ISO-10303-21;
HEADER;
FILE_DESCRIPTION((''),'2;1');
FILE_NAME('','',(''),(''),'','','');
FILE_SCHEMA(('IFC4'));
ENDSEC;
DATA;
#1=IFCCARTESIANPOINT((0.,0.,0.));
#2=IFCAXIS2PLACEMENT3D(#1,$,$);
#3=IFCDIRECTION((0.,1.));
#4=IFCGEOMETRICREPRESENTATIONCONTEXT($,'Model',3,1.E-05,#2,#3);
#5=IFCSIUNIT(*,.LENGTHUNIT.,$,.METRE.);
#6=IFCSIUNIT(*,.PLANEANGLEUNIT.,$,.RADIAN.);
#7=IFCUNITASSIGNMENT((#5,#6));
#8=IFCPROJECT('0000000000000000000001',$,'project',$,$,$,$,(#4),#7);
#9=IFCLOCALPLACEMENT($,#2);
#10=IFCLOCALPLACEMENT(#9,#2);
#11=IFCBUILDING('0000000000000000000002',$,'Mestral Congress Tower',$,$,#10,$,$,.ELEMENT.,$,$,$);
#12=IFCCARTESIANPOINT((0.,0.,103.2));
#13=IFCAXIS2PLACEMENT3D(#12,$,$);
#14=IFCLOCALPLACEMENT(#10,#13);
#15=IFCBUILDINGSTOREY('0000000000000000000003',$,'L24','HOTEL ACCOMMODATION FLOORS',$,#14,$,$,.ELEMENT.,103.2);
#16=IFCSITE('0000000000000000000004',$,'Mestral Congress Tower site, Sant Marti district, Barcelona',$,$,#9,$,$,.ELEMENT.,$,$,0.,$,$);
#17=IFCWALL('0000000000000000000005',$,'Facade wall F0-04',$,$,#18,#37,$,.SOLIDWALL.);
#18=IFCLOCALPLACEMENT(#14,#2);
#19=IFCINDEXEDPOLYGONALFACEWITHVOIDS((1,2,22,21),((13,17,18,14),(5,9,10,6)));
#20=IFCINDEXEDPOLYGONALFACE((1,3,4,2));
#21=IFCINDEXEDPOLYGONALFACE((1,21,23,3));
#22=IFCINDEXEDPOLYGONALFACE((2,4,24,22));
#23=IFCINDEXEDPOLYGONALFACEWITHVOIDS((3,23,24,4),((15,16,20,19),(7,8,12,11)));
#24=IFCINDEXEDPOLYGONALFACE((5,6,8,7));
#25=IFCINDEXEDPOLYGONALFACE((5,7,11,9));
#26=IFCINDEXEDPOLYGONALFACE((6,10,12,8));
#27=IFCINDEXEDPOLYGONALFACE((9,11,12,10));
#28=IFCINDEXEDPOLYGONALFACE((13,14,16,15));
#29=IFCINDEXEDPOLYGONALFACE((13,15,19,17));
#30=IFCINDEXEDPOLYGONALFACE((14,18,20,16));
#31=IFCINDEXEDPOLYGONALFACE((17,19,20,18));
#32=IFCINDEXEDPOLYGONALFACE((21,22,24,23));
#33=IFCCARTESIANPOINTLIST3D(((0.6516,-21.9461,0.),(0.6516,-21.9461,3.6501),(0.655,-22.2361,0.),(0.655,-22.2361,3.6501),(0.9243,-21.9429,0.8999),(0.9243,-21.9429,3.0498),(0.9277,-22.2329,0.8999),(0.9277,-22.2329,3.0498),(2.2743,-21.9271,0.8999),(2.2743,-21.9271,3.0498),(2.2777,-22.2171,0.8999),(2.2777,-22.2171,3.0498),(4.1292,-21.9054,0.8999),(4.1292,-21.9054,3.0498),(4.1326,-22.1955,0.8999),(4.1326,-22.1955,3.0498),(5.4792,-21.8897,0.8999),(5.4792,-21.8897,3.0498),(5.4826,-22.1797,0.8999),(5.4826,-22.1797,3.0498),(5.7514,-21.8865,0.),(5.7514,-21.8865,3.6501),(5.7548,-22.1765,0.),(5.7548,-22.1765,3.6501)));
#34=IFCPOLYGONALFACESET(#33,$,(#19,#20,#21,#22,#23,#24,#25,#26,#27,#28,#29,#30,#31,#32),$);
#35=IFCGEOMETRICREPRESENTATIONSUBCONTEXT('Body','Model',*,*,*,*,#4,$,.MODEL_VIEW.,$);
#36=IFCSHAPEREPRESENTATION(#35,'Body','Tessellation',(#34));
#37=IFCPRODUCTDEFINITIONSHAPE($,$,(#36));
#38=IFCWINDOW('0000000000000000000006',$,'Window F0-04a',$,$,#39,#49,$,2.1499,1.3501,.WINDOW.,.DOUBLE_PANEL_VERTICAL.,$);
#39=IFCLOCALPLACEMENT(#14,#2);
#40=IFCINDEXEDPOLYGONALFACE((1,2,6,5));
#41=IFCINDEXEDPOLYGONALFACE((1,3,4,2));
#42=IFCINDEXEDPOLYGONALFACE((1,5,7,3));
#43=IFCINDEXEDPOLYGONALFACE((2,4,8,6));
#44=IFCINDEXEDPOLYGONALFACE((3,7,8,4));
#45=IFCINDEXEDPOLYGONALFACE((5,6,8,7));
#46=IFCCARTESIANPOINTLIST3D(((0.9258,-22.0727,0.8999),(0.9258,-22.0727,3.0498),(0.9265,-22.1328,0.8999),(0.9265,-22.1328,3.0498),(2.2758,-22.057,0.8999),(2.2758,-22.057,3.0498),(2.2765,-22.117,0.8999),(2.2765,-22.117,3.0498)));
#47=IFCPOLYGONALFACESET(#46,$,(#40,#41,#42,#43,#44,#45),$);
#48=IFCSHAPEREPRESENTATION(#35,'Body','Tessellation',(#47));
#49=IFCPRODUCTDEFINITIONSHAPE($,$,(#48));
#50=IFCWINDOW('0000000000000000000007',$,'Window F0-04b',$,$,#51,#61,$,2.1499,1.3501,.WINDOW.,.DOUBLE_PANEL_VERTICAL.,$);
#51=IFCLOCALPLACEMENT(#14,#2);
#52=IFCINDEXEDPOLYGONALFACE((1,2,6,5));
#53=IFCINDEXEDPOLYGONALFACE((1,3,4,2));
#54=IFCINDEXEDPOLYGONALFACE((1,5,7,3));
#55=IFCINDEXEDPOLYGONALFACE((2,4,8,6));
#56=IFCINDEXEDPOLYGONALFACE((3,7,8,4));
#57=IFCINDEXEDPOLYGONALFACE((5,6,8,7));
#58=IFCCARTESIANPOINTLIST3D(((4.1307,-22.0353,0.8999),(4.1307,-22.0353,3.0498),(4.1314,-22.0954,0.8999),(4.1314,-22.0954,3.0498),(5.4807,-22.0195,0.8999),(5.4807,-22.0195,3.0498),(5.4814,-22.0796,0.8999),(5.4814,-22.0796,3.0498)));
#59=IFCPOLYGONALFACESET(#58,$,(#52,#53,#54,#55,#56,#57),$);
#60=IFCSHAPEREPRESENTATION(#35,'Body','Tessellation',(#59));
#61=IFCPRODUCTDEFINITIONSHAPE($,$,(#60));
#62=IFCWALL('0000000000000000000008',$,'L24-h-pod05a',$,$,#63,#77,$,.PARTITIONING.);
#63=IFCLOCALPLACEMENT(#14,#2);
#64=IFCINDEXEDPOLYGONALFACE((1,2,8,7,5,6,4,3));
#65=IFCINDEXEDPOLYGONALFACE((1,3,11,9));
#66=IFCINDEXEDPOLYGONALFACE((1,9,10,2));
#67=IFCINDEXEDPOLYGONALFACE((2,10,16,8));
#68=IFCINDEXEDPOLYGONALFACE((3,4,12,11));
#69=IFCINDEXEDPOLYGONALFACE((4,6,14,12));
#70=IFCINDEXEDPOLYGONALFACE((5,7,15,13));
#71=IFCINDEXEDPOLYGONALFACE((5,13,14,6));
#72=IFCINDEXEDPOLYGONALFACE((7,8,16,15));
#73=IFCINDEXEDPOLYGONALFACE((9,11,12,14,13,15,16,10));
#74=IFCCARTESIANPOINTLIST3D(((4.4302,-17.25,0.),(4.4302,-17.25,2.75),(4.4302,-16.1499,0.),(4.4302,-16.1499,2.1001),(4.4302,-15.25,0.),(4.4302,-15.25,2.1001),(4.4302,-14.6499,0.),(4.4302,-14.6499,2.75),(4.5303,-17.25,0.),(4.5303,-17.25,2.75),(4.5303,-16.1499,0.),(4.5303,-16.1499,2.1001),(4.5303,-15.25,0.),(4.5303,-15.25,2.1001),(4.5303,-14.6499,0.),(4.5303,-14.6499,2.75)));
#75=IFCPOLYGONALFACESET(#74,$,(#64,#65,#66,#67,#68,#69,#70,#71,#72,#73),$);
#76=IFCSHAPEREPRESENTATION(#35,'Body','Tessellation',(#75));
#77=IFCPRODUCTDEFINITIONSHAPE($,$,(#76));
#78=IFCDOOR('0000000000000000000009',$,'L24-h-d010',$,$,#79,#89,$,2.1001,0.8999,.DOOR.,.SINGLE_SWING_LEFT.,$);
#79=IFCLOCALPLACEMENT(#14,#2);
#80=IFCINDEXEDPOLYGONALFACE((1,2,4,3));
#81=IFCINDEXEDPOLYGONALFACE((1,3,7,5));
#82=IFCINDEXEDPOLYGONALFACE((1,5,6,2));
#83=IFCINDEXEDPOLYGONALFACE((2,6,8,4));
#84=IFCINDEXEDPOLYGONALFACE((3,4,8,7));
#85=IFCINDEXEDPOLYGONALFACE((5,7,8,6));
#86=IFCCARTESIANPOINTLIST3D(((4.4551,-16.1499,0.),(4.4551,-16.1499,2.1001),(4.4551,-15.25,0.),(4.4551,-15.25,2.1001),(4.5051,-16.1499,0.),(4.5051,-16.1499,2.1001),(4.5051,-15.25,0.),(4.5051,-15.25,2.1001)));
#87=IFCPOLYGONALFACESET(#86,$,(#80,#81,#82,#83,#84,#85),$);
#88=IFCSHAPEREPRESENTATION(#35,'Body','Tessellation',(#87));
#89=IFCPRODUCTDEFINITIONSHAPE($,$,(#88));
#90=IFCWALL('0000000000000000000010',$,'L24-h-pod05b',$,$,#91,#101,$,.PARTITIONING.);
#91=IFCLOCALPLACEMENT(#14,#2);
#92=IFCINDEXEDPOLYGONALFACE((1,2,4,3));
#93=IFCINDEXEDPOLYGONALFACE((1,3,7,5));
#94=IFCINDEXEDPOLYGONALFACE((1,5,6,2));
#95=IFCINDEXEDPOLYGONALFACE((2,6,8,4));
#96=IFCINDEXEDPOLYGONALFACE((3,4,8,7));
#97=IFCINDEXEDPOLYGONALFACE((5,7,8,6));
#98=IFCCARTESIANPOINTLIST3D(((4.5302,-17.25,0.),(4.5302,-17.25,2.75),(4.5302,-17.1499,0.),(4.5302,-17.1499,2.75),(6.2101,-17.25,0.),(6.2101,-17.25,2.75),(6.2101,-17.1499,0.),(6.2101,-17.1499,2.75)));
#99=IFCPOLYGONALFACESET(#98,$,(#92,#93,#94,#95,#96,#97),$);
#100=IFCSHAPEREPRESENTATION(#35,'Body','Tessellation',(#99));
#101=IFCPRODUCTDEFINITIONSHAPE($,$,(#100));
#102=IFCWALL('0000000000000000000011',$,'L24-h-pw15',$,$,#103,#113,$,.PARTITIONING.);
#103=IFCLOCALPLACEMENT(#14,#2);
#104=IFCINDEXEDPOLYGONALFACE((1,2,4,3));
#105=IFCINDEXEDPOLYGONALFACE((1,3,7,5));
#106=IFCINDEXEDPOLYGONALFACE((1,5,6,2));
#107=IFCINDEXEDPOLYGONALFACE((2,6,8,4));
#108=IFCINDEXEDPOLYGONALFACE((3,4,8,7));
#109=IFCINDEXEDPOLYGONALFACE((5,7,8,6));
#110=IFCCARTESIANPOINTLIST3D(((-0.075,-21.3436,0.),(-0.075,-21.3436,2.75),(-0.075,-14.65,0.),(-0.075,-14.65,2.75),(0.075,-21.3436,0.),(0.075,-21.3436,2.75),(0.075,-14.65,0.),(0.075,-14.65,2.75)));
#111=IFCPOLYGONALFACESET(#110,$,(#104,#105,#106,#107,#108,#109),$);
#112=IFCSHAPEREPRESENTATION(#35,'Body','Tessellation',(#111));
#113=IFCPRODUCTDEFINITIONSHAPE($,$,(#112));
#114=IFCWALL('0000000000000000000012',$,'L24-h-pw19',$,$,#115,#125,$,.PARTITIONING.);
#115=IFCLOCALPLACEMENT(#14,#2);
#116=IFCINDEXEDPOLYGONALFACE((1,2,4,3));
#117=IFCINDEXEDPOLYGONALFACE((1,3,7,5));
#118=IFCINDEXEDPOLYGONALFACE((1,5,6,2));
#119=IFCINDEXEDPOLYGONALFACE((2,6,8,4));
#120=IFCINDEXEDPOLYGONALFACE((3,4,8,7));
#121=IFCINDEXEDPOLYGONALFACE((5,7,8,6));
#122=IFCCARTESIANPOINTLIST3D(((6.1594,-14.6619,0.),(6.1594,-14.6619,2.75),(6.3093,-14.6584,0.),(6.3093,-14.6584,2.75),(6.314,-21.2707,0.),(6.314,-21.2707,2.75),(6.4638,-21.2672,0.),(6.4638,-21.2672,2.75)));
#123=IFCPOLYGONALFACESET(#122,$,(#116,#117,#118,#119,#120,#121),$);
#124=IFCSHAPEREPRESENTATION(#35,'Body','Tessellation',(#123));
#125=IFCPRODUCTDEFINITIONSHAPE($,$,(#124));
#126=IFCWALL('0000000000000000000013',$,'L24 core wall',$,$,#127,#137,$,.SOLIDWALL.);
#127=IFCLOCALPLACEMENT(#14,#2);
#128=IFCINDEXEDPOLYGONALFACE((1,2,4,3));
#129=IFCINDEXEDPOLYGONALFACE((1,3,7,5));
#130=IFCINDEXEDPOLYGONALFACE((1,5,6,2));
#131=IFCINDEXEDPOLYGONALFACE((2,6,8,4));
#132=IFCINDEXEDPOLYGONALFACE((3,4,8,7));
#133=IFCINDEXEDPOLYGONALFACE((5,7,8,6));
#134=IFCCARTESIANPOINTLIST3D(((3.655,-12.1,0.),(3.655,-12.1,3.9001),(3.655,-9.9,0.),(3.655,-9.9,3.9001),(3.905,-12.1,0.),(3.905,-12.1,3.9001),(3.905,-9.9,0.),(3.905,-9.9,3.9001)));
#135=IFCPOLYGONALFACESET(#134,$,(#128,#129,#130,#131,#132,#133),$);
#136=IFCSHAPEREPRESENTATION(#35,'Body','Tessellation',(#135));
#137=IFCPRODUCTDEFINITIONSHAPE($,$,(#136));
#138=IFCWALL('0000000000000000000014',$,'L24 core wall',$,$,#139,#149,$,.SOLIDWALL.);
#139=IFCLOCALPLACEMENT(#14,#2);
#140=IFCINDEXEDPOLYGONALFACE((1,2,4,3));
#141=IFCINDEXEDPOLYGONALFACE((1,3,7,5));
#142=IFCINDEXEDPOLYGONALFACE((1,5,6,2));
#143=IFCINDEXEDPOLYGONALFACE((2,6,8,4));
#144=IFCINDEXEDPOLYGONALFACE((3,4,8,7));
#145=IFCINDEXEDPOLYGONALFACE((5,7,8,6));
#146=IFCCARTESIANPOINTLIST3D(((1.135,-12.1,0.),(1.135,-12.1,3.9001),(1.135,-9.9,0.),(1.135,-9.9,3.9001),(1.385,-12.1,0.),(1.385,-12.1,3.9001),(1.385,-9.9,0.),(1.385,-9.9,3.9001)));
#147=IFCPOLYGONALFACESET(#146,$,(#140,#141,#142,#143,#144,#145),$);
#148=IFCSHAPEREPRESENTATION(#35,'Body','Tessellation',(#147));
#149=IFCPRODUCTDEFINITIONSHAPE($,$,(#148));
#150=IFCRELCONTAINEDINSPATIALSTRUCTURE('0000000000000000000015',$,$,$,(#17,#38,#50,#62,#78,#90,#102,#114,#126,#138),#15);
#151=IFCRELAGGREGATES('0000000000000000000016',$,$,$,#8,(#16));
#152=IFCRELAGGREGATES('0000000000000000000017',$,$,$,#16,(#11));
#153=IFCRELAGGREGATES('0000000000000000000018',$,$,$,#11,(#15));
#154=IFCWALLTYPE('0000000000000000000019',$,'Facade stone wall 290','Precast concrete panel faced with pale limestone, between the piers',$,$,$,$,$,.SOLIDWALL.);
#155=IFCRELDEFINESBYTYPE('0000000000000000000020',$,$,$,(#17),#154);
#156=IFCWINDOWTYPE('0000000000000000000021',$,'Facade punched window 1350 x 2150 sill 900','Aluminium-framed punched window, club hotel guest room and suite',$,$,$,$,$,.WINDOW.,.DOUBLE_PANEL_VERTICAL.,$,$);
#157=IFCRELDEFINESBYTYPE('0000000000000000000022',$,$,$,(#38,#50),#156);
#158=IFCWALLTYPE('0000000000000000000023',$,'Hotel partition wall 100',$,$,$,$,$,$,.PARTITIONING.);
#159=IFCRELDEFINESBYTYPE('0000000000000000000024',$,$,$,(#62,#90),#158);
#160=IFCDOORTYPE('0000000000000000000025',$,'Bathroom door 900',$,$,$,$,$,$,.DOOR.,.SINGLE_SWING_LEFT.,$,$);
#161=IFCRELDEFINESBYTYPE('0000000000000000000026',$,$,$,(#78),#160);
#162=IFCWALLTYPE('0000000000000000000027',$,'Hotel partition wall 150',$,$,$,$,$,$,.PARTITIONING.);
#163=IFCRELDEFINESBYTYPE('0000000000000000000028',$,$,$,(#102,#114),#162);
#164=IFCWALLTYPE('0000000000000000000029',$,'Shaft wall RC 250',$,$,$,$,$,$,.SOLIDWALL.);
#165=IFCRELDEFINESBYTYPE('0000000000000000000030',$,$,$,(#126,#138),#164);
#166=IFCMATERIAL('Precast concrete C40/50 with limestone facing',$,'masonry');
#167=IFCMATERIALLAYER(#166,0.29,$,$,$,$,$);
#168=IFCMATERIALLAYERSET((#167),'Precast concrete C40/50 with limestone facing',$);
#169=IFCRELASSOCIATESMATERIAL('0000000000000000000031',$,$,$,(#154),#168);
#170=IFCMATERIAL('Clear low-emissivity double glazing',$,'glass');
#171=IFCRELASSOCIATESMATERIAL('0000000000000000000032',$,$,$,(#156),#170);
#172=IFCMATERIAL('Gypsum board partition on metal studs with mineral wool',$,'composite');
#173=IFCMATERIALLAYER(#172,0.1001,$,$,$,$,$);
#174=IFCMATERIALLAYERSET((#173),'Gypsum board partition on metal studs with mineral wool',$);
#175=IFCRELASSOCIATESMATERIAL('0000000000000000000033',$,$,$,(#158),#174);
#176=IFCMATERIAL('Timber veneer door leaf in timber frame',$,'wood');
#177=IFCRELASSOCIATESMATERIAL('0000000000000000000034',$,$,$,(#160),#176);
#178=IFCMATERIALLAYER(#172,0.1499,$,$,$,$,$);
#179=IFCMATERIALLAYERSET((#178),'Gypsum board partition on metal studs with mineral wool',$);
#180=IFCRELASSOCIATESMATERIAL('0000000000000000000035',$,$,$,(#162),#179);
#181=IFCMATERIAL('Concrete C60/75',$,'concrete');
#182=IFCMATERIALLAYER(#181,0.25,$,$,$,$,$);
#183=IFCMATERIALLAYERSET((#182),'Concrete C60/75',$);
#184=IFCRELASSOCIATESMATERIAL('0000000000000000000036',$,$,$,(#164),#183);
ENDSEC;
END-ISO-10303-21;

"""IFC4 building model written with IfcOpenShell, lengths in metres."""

from ifc_helpers import new_model, si_unit, direction, frame, frame_2d, origin, place, context, subcontext, project, spatial, rectangle, extrude, material, layer, layer_set, type_object, element, fill, save


model = new_model("IFC4")

# Units and contexts
model_context = context("Model", 3, precision=1e-05, world=origin(), true_north=direction((0.0, 1.0)))
body_context = subcontext(model_context, "Body", "Model", "MODEL_VIEW")
ifc_project = project(units=[si_unit("LENGTHUNIT", "METRE"), si_unit("PLANEANGLEUNIT", "RADIAN")], contexts=[model_context])

# Site, building, storey
site_placement = place(None, origin())
site = spatial("IfcSite", under=ifc_project, at=site_placement, Name="Mestral Congress Tower site, Sant Marti district, Barcelona", CompositionType="ELEMENT", RefElevation=0.0)
building_placement = place(site_placement, origin())
building = spatial("IfcBuilding", under=site, at=building_placement, Name="Mestral Congress Tower", CompositionType="ELEMENT")
storey_placement = place(building_placement, frame((0.0, 0.0, 103.2)))
storey = spatial("IfcBuildingStorey", under=building, at=storey_placement, Name="L24", Description="HOTEL ACCOMMODATION FLOORS", CompositionType="ELEMENT", Elevation=103.2)

# Wall, openings, windows
ifc_material_1 = material(Name="Precast concrete C40/50 with limestone facing", Category="masonry")
ifc_layer_1 = layer(ifc_material_1, 0.29)
ifc_layer_set_1 = layer_set([ifc_layer_1], Name="Precast concrete C40/50 with limestone facing")
wall_type_1 = type_object("IfcWallType", Name="Facade stone wall 290", Description="Precast concrete panel faced with pale limestone, between the piers", PredefinedType="SOLIDWALL", material=ifc_layer_set_1)
wall_1_placement = place(storey_placement, frame((0.6533, -22.0911, 0.0), z_axis=(0.0, 0.0, 1.0), x_axis=(0.999932, 0.01168, 0.0)))
wall_1 = element("IfcWall", 1, at=wall_1_placement, inside=storey, type_object=wall_type_1, Name="Facade wall F0-04", PredefinedType="SOLIDWALL", context=body_context, shape_type="SweptSolid", body=[
    extrude(rectangle(XDim=5.1001, YDim=0.29, at=frame_2d((2.55, 0.0))), origin(), (0.0, 0.0, 1.0), 3.6501),
])
opening_1_placement = place(wall_1_placement, frame((0.2727, 0.0, 0.8999)))
opening_1 = element("IfcOpeningElement", 2, at=opening_1_placement, cuts=wall_1, PredefinedType="OPENING", context=body_context, shape_type="SweptSolid", body=[
    extrude(rectangle(XDim=1.3501, YDim=2.1499, at=frame_2d((0.675, 1.075))), frame((0.0, 0.155, 0.0), z_axis=(0.0, -1.0, 0.0), x_axis=(1.0, 0.0, 0.0)), (0.0, 0.0, 1.0), 0.3101),
])
opening_2_placement = place(wall_1_placement, frame((3.4778, 0.0, 0.8999)))
opening_2 = element("IfcOpeningElement", 3, at=opening_2_placement, cuts=wall_1, PredefinedType="OPENING", context=body_context, shape_type="SweptSolid", body=[
    extrude(rectangle(XDim=1.3501, YDim=2.1499, at=frame_2d((0.675, 1.075))), frame((0.0, 0.155, 0.0), z_axis=(0.0, -1.0, 0.0), x_axis=(1.0, 0.0, 0.0)), (0.0, 0.0, 1.0), 0.3101),
])
ifc_material_2 = material(Name="Clear low-emissivity double glazing", Category="glass")
window_type = type_object("IfcWindowType", Name="Facade punched window 1350 x 2150 sill 900", Description="Aluminium-framed punched window, club hotel guest room and suite", PartitioningType="DOUBLE_PANEL_VERTICAL", PredefinedType="WINDOW", material=ifc_material_2)
window_1_placement = place(opening_1_placement, origin())
window_1 = element("IfcWindow", 4, at=window_1_placement, inside=storey, type_object=window_type, Name="Window F0-04a", OverallHeight=2.1499, OverallWidth=1.3501, PartitioningType="DOUBLE_PANEL_VERTICAL", PredefinedType="WINDOW", context=body_context, shape_type="SweptSolid", body=[
    extrude(rectangle(XDim=1.3501, YDim=2.1499, at=frame_2d((0.675, 1.075))), frame((0.0, 0.0151, 0.0), z_axis=(0.0, -1.0, 0.0), x_axis=(1.0, 0.0, 0.0)), (0.0, 0.0, 1.0), 0.0601),
])
fill(opening_1, window_1)
window_2_placement = place(opening_2_placement, origin())
window_2 = element("IfcWindow", 5, at=window_2_placement, inside=storey, type_object=window_type, Name="Window F0-04b", OverallHeight=2.1499, OverallWidth=1.3501, PartitioningType="DOUBLE_PANEL_VERTICAL", PredefinedType="WINDOW", context=body_context, shape_type="SweptSolid", body=[
    extrude(rectangle(XDim=1.3501, YDim=2.1499, at=frame_2d((0.675, 1.075))), frame((0.0, 0.0151, 0.0), z_axis=(0.0, -1.0, 0.0), x_axis=(1.0, 0.0, 0.0)), (0.0, 0.0, 1.0), 0.0601),
])
fill(opening_2, window_2)

# Wall, opening, door
ifc_material_3 = material(Name="Gypsum board partition on metal studs with mineral wool", Category="composite")
ifc_layer_2 = layer(ifc_material_3, 0.1001)
ifc_layer_set_2 = layer_set([ifc_layer_2], Name="Gypsum board partition on metal studs with mineral wool")
wall_type_2 = type_object("IfcWallType", Name="Hotel partition wall 100", PredefinedType="PARTITIONING", material=ifc_layer_set_2)
wall_2_placement = place(storey_placement, frame((4.4802, -14.6499, 0.0), z_axis=(0.0, 0.0, 1.0), x_axis=(0.0, -1.0, 0.0)))
wall_2 = element("IfcWall", 6, at=wall_2_placement, inside=storey, type_object=wall_type_2, Name="L24-h-pod05a", PredefinedType="PARTITIONING", context=body_context, shape_type="SweptSolid", body=[
    extrude(rectangle(XDim=2.6001, YDim=0.1001, at=frame_2d((1.3, 0.0))), origin(), (0.0, 0.0, 1.0), 2.75),
])
opening_3_placement = place(wall_2_placement, frame((0.6001, 0.0, 0.0)))
opening_3 = element("IfcOpeningElement", 7, at=opening_3_placement, cuts=wall_2, PredefinedType="OPENING", context=body_context, shape_type="SweptSolid", body=[
    extrude(rectangle(XDim=0.8999, YDim=2.1001, at=frame_2d((0.45, 1.05))), frame((0.0, 0.0601, 0.0), z_axis=(0.0, -1.0, 0.0), x_axis=(1.0, 0.0, 0.0)), (0.0, 0.0, 1.0), 0.1201),
])
ifc_material_4 = material(Name="Timber veneer door leaf in timber frame", Category="wood")
door_type = type_object("IfcDoorType", Name="Bathroom door 900", OperationType="SINGLE_SWING_LEFT", PredefinedType="DOOR", material=ifc_material_4)
door_placement = place(opening_3_placement, origin())
door = element("IfcDoor", 8, at=door_placement, inside=storey, type_object=door_type, Name="L24-h-d010", OperationType="SINGLE_SWING_LEFT", OverallHeight=2.1001, OverallWidth=0.8999, PredefinedType="DOOR", context=body_context, shape_type="SweptSolid", body=[
    extrude(rectangle(XDim=0.8999, YDim=2.1001, at=frame_2d((0.45, 1.05))), frame((0.0, 0.0249, 0.0), z_axis=(0.0, -1.0, 0.0), x_axis=(1.0, 0.0, 0.0)), (0.0, 0.0, 1.0), 0.05),
])
fill(opening_3, door)

# Walls
wall_3_placement = place(storey_placement, frame((4.5303, -17.2, 0.0), z_axis=(0.0, 0.0, 1.0), x_axis=(1.0, 0.0, 0.0)))
element("IfcWall", 9, at=wall_3_placement, inside=storey, type_object=wall_type_2, Name="L24-h-pod05b", PredefinedType="PARTITIONING", context=body_context, shape_type="SweptSolid", body=[
    extrude(rectangle(XDim=1.6799, YDim=0.1001, at=frame_2d((0.8398, 0.0))), origin(), (0.0, 0.0, 1.0), 2.75),
])
ifc_layer_3 = layer(ifc_material_3, 0.1499)
ifc_layer_set_3 = layer_set([ifc_layer_3], Name="Gypsum board partition on metal studs with mineral wool")
wall_type_3 = type_object("IfcWallType", Name="Hotel partition wall 150", PredefinedType="PARTITIONING", material=ifc_layer_set_3)
wall_4_placement = place(storey_placement, frame((0.0, -21.3435, 0.0), z_axis=(0.0, 0.0, 1.0), x_axis=(0.0, 1.0, 0.0)))
element("IfcWall", 10, at=wall_4_placement, inside=storey, type_object=wall_type_3, Name="L24-h-pw15", PredefinedType="PARTITIONING", context=body_context, shape_type="SweptSolid", body=[
    extrude(rectangle(XDim=6.6936, YDim=0.1499, at=frame_2d((3.3467, 0.0))), origin(), (0.0, 0.0, 1.0), 2.75),
])
wall_5_placement = place(storey_placement, frame((6.3889, -21.2688, 0.0), z_axis=(0.0, 0.0, 1.0), x_axis=(-0.023377, 0.999727, 0.0)))
element("IfcWall", 11, at=wall_5_placement, inside=storey, type_object=wall_type_3, Name="L24-h-pw19", PredefinedType="PARTITIONING", context=body_context, shape_type="SweptSolid", body=[
    extrude(rectangle(XDim=6.6106, YDim=0.1499, at=frame_2d((3.3052, 0.0))), origin(), (0.0, 0.0, 1.0), 2.75),
])
ifc_material_5 = material(Name="Concrete C60/75", Category="concrete")
ifc_layer_4 = layer(ifc_material_5, 0.25)
ifc_layer_set_4 = layer_set([ifc_layer_4], Name="Concrete C60/75")
wall_type_4 = type_object("IfcWallType", Name="Shaft wall RC 250", PredefinedType="SOLIDWALL", material=ifc_layer_set_4)
for number, where, z_axis, x_axis, name in (
    (12, (3.78, -12.1001, 0.0), (0.0, 0.0, 1.0), (0.0, 1.0, 0.0), "L24 core wall"),
    (13, (1.26, -12.1001, 0.0), (0.0, 0.0, 1.0), (0.0, 1.0, 0.0), "L24 core wall"),
):
    element("IfcWall", number, at=place(storey_placement, frame(where, z_axis=z_axis, x_axis=x_axis)), inside=storey, type_object=wall_type_4, Name=name, PredefinedType="SOLIDWALL", context=body_context, shape_type="SweptSolid", body=[
        extrude(rectangle(XDim=2.2, YDim=0.25, at=frame_2d((1.1001, 0.0))), origin(), (0.0, 0.0, 1.0), 3.9001),
    ])

save(model, "model.ifc")
